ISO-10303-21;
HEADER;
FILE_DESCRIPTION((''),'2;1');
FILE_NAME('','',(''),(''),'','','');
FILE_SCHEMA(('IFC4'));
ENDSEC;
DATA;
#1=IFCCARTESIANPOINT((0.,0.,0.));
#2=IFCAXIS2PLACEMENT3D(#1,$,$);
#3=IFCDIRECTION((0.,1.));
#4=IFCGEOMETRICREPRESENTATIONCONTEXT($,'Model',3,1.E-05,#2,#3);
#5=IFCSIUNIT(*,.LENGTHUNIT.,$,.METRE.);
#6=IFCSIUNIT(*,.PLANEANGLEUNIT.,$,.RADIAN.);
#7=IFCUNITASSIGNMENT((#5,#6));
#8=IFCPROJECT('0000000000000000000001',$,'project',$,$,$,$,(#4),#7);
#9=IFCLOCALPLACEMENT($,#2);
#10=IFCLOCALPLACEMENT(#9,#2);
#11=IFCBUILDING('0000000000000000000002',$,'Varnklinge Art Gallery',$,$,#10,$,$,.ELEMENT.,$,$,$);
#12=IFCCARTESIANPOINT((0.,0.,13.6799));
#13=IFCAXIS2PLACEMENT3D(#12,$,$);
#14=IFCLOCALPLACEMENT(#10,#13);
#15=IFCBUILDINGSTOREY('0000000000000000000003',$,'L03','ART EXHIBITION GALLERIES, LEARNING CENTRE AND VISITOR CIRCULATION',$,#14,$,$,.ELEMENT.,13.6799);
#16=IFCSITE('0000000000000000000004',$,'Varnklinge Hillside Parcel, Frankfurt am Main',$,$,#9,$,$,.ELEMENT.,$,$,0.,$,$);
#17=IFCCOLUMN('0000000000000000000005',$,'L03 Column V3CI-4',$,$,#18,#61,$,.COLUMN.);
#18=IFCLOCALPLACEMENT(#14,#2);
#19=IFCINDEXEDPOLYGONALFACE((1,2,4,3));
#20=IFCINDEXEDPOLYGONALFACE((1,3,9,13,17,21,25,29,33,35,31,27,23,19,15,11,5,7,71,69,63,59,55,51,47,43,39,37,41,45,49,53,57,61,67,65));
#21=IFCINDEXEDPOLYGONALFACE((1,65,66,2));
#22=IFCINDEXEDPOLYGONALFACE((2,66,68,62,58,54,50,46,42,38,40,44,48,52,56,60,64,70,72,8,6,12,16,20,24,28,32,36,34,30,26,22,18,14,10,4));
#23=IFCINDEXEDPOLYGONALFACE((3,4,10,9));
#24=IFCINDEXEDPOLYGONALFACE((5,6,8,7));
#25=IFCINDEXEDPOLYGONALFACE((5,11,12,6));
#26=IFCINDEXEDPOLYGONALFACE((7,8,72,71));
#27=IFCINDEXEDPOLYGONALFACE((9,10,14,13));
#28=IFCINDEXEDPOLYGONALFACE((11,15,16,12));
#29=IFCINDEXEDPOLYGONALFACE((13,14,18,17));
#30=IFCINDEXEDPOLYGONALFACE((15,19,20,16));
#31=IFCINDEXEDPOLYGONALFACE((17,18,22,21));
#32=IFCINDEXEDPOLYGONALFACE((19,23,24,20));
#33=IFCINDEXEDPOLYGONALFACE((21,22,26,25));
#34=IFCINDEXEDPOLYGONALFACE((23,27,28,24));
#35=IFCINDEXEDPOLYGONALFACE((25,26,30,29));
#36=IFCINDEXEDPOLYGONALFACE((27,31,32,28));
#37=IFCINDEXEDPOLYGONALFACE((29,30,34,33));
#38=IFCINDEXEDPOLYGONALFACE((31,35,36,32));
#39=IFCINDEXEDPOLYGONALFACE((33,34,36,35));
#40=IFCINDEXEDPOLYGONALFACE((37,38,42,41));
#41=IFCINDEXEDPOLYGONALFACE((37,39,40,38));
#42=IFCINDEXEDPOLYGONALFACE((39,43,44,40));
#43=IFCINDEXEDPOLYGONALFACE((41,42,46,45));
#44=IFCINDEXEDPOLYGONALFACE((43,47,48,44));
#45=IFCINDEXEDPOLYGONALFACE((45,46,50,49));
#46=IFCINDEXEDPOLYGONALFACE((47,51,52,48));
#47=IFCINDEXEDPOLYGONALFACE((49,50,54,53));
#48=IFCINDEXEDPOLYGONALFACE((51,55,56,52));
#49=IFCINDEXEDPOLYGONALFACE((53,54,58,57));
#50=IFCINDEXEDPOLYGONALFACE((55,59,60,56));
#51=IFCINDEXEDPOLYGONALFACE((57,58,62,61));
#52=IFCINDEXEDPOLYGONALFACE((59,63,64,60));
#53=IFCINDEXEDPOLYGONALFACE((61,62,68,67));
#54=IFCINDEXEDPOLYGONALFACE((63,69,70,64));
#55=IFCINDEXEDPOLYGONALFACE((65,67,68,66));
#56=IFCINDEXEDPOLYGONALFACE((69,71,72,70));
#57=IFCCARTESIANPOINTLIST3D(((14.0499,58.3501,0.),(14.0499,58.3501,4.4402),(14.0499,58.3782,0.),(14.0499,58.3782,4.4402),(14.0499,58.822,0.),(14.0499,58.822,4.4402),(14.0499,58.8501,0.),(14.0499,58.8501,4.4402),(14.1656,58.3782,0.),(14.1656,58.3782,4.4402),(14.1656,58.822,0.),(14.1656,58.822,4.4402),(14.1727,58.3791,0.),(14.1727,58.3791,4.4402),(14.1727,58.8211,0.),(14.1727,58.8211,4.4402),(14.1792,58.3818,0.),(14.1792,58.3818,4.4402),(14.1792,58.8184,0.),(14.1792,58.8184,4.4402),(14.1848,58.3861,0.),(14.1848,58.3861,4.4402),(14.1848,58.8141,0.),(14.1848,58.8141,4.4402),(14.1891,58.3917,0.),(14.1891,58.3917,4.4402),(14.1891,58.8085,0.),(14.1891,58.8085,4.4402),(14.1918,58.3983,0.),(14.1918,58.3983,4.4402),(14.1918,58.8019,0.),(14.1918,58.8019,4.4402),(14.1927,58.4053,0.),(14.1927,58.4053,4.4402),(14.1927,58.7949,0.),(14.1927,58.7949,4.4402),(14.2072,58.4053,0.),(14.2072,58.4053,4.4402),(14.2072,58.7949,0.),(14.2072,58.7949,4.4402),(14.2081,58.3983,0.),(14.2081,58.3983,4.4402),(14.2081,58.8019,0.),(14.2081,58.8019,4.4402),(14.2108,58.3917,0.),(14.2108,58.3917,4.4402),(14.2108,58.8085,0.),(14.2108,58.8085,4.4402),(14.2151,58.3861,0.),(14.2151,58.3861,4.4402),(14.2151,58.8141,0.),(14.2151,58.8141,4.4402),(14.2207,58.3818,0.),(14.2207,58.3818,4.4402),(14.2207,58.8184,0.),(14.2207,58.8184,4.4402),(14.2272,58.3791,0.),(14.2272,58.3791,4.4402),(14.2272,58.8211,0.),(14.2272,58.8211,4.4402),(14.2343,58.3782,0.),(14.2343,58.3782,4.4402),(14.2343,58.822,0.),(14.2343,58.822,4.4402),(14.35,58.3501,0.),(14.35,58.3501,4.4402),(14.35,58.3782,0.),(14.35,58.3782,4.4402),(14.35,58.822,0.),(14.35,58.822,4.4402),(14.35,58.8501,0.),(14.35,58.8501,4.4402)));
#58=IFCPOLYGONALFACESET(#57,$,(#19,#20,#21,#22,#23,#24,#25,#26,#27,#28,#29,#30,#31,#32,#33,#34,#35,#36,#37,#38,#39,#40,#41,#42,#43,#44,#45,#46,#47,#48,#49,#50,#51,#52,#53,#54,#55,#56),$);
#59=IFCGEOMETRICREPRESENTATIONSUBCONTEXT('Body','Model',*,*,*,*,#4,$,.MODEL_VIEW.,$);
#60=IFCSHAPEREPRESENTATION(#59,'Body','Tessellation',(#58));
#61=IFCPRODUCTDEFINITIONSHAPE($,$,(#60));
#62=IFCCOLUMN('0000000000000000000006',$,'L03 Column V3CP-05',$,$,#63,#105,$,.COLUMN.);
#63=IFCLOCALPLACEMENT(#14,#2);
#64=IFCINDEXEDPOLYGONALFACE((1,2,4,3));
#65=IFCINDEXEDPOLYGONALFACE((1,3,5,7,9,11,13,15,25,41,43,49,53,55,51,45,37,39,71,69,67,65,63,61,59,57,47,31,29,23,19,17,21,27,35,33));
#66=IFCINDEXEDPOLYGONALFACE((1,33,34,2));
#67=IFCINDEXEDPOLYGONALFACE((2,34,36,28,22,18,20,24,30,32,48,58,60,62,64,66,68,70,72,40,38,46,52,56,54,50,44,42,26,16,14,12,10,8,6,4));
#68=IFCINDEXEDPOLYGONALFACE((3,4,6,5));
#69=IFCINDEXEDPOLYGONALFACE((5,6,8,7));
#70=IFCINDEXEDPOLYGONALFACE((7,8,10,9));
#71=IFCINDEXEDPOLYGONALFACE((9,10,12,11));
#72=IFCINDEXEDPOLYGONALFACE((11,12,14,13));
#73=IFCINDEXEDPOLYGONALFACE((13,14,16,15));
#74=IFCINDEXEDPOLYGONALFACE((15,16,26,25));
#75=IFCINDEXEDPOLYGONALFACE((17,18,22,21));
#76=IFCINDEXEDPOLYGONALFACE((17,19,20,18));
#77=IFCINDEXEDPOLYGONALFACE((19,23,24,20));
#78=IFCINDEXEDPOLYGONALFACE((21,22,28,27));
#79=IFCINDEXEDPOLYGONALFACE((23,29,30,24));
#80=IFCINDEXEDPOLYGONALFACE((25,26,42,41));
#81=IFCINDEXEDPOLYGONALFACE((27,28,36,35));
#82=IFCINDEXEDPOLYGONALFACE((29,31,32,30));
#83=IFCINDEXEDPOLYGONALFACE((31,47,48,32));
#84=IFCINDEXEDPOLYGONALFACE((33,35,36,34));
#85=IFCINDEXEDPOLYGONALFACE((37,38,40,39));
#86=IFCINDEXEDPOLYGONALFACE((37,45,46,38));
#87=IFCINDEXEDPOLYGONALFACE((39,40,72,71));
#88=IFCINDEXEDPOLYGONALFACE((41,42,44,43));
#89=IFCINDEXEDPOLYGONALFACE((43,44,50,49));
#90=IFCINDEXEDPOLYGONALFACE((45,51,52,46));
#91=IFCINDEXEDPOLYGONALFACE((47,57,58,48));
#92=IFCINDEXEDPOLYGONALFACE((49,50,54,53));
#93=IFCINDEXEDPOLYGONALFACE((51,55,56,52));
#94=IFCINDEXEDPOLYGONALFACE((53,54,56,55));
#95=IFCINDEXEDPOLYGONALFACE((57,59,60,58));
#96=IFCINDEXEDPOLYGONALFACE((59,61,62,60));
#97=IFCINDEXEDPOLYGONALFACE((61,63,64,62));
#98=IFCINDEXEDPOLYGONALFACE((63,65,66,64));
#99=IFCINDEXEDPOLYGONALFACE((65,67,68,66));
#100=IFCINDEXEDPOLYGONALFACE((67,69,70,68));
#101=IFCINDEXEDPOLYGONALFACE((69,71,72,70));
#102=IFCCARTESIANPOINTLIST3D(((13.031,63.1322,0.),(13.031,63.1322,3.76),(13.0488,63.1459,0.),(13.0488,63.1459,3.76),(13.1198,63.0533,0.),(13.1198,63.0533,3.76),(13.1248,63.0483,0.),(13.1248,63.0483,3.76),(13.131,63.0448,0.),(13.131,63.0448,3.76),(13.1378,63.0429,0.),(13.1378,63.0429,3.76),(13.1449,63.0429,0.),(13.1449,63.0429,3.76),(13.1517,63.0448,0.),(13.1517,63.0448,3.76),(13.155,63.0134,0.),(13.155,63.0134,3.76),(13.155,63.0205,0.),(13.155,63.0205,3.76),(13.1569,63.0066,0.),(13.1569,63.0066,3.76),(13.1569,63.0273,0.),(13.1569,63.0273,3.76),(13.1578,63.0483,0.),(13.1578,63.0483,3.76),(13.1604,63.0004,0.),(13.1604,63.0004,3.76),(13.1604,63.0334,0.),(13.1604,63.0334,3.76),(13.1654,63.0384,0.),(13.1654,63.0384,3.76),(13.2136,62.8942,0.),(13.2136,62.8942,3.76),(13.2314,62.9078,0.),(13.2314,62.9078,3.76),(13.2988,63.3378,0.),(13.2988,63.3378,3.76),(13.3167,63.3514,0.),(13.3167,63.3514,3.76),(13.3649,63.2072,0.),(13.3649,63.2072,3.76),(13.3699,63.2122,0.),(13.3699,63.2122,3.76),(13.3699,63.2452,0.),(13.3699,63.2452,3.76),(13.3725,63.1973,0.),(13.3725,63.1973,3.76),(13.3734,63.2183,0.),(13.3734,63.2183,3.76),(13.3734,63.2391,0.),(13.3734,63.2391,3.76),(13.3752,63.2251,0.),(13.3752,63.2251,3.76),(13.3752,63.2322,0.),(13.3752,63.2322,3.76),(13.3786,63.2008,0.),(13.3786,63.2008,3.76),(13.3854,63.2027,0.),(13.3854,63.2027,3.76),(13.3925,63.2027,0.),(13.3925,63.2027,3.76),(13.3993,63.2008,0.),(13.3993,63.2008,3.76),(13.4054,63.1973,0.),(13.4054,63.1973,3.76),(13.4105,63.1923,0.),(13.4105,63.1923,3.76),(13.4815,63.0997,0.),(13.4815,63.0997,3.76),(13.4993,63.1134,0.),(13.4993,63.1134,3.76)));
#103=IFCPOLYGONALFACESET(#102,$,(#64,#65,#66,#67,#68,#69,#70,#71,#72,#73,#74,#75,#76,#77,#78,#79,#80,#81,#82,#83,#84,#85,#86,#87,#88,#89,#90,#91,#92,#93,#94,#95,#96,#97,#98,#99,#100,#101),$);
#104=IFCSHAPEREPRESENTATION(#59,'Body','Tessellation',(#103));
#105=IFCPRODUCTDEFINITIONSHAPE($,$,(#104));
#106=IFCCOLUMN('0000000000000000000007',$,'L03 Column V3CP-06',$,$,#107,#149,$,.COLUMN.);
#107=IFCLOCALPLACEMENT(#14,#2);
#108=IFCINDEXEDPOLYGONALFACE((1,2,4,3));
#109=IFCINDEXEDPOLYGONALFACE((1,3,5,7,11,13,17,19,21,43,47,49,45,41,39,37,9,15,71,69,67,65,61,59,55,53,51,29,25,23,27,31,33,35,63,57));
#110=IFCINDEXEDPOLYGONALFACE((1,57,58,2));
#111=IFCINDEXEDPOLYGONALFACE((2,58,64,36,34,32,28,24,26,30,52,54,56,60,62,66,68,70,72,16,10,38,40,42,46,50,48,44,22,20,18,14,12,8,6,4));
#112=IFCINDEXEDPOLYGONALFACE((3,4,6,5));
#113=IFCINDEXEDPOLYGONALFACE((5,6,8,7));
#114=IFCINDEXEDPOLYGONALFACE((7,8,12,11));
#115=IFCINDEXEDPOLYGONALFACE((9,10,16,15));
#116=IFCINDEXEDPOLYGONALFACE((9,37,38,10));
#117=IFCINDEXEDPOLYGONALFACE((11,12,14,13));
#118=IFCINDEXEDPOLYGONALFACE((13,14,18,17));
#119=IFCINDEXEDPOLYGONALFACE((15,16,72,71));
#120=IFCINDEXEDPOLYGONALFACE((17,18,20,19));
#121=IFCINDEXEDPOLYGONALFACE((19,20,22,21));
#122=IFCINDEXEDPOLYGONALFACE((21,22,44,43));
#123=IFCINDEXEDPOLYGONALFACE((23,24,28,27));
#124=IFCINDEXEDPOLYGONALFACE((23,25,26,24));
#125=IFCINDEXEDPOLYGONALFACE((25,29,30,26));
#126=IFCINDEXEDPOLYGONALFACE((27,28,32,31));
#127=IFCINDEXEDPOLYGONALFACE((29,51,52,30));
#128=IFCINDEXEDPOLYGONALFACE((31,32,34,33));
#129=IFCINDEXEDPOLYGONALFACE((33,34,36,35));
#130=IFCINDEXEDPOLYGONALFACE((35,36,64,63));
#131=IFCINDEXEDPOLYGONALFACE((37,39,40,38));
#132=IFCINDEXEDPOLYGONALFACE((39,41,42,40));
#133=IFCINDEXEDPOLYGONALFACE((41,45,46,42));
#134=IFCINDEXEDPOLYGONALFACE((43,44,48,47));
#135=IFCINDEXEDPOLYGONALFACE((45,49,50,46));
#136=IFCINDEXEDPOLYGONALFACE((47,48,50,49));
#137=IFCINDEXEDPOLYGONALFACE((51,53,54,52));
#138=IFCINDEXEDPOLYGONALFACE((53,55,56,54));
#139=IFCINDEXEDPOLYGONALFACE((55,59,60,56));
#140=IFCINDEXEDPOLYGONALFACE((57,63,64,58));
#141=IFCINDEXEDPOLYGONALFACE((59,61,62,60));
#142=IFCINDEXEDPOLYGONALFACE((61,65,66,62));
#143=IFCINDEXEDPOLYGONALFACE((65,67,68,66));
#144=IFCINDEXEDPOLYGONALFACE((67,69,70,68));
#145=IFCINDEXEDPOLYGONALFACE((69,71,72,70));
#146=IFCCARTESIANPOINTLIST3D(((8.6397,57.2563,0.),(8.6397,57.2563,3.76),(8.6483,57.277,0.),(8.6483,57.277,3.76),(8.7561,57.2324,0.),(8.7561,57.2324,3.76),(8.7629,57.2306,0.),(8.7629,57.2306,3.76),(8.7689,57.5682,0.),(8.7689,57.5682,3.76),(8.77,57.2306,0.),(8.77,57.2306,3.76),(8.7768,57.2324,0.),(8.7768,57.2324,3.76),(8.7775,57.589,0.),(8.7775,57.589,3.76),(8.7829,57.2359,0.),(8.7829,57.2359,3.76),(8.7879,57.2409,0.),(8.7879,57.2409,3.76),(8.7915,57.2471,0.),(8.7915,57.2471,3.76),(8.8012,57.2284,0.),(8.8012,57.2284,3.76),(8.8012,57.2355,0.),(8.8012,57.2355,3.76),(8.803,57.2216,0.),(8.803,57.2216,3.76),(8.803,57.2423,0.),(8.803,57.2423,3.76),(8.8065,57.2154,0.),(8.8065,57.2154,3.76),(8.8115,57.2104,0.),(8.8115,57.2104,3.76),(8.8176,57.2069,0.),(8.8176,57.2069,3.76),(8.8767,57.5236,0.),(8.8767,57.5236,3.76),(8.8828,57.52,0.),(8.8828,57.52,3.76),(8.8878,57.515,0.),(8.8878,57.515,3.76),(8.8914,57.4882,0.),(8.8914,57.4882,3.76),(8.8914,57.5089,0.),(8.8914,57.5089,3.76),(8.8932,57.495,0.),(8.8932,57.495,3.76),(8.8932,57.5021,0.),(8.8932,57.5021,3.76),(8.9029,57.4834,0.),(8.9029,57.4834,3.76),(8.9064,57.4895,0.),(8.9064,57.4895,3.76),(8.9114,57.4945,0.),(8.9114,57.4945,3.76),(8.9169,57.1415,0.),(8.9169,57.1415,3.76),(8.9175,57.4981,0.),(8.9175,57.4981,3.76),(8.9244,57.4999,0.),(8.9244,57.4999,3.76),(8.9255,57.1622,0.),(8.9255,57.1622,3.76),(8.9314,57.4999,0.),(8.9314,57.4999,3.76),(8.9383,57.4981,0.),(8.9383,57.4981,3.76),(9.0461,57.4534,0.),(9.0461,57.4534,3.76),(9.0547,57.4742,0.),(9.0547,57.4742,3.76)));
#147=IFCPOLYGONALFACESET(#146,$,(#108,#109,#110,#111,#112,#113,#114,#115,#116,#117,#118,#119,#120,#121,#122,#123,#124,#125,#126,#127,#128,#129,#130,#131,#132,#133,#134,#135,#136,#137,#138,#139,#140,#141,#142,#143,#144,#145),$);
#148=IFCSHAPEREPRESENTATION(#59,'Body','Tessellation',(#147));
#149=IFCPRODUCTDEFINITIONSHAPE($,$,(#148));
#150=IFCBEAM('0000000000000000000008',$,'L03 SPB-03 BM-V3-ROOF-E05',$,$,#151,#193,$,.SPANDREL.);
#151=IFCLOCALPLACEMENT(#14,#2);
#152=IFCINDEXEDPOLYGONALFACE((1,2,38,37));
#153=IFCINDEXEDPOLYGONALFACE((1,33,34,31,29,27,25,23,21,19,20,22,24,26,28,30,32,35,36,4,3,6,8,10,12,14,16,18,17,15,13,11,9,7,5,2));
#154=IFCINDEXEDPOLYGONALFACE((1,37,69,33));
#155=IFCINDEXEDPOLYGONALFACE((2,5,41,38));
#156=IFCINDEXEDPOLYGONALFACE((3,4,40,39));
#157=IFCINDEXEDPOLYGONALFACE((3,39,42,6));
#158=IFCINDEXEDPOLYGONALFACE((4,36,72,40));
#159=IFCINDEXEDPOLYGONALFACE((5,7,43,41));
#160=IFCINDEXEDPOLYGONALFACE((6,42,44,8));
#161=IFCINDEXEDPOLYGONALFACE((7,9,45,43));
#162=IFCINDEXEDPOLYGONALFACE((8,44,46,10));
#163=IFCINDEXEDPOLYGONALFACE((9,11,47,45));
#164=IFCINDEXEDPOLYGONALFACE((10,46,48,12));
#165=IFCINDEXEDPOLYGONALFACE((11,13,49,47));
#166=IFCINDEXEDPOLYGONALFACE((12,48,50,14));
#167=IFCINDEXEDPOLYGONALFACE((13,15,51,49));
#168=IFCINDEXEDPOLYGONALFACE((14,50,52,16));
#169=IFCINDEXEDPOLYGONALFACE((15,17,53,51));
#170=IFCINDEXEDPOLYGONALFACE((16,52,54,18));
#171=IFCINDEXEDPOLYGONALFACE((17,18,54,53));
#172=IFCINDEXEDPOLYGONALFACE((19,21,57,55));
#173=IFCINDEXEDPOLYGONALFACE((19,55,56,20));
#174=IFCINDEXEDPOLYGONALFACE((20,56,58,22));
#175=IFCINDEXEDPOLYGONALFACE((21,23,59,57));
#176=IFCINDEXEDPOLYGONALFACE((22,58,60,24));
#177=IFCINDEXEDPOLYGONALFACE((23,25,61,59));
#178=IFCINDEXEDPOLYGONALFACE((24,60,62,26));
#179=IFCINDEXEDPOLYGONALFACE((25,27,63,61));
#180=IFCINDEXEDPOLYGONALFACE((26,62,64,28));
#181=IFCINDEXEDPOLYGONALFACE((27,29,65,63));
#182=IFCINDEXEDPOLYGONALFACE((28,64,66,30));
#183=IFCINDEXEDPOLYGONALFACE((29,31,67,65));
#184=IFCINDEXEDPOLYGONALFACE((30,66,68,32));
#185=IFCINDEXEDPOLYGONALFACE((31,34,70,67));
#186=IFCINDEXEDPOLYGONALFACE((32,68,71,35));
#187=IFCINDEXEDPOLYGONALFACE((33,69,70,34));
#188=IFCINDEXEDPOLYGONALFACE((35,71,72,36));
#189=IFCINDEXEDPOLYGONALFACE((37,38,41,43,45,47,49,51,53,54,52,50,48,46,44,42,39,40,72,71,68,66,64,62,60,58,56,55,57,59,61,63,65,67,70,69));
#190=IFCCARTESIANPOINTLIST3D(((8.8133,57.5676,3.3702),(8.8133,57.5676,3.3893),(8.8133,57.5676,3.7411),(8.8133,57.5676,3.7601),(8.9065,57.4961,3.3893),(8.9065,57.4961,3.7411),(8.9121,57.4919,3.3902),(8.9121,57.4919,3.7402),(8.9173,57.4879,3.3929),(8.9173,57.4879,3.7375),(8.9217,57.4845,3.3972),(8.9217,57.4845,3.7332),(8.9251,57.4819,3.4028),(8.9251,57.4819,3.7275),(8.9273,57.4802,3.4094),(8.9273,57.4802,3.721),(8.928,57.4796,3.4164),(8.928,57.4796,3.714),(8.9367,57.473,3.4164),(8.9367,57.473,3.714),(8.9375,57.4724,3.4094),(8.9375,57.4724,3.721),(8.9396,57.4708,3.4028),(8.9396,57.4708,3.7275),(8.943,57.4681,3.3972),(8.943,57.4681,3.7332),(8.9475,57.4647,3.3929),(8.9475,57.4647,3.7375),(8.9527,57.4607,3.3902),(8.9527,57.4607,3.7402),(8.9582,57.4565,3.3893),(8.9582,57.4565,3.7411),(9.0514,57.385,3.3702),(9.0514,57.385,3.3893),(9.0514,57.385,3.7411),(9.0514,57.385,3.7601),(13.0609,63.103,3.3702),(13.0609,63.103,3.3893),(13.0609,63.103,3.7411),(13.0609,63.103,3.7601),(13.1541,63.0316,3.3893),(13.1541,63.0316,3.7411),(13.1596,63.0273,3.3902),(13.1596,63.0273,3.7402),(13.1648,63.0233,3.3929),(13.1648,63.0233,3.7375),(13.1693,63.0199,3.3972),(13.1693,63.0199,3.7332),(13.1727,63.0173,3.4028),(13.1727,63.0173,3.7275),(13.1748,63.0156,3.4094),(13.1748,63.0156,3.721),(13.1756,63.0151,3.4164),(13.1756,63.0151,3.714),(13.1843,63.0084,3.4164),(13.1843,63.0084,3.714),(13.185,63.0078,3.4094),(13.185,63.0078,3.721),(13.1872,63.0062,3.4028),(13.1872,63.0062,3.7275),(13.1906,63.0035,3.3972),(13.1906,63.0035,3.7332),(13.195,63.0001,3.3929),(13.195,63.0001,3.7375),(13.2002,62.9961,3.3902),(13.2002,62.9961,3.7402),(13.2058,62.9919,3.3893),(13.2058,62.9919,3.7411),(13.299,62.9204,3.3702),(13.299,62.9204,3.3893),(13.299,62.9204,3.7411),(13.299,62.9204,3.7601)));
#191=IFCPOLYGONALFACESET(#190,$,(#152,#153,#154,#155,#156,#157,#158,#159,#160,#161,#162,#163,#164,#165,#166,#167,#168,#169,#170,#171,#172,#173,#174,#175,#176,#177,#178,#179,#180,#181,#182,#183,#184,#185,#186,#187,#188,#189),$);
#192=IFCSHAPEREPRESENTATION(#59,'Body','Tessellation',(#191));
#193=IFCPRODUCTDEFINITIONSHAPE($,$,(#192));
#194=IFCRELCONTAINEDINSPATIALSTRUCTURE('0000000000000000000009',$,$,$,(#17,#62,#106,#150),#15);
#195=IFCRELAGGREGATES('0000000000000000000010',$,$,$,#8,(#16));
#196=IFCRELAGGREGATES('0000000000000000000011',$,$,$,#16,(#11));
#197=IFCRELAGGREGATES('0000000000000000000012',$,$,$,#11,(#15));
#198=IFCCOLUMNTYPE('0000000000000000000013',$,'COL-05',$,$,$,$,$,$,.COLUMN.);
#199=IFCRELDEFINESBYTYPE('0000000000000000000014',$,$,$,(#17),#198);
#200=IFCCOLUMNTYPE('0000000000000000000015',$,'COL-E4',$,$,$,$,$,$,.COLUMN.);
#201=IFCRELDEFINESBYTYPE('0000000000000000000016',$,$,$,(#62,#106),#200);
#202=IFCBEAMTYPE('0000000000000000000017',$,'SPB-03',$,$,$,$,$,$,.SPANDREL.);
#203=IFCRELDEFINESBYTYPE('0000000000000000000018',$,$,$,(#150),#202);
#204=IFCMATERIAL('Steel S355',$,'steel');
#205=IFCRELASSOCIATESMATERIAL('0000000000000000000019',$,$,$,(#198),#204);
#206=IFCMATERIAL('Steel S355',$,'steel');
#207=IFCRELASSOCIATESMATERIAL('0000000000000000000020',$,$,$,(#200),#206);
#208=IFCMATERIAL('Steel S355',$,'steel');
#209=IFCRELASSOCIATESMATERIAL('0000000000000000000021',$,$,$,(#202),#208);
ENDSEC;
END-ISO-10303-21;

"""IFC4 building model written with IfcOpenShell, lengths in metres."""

from ifc_helpers import new_model, si_unit, direction, frame, origin, origin_2d, place, context, subcontext, project, spatial, i_section, extrude, material, material_profile, profile_set, type_object, element, save


model = new_model("IFC4")

# Units and contexts
model_context = context("Model", 3, precision=1e-05, world=origin(), true_north=direction((0.0, 1.0)))
body_context = subcontext(model_context, "Body", "Model", "MODEL_VIEW")
ifc_project = project(units=[si_unit("LENGTHUNIT", "METRE"), si_unit("PLANEANGLEUNIT", "RADIAN")], contexts=[model_context])

# Site, building, storey
site_placement = place(None, origin())
site = spatial("IfcSite", under=ifc_project, at=site_placement, Name="Varnklinge Hillside Parcel, Frankfurt am Main", CompositionType="ELEMENT", RefElevation=0.0)
building_placement = place(site_placement, origin())
building = spatial("IfcBuilding", under=site, at=building_placement, Name="Varnklinge Art Gallery", CompositionType="ELEMENT")
storey_placement = place(building_placement, frame((0.0, 0.0, 13.6799)))
storey = spatial("IfcBuildingStorey", under=building, at=storey_placement, Name="L03", Description="ART EXHIBITION GALLERIES, LEARNING CENTRE AND VISITOR CIRCULATION", CompositionType="ELEMENT", Elevation=13.6799)

# Columns
ifc_material_1 = material(Name="Steel S355", Category="steel")
ifc_material_profile_1 = material_profile(ifc_material_1, i_section(OverallWidth=0.3, OverallDepth=0.5, WebThickness=0.0144, FlangeThickness=0.0281, FilletRadius=0.0271, at=origin_2d()), Name="HEB 500")
ifc_profile_set_1 = profile_set([ifc_material_profile_1], Name="Steel S355")
column_type_1 = type_object("IfcColumnType", Name="COL-05", PredefinedType="COLUMN", material=ifc_profile_set_1)
column_placement = place(storey_placement, frame((14.2, 58.6001, 0.0), z_axis=(0.0, 0.0, 1.0), x_axis=(1.0, 0.0, 0.0)))
element("IfcColumn", 1, at=column_placement, inside=storey, type_object=column_type_1, Name="L03 Column V3CI-4", PredefinedType="COLUMN", context=body_context, shape_type="SweptSolid", body=[
    extrude(i_section(OverallWidth=0.3, OverallDepth=0.5, WebThickness=0.0144, FlangeThickness=0.0281, FilletRadius=0.0271, at=origin_2d()), origin(), (0.0, 0.0, 1.0), 4.4402),
])
ifc_material_2 = material(Name="Steel S355", Category="steel")
ifc_material_profile_2 = material_profile(ifc_material_2, i_section(OverallWidth=0.3, OverallDepth=0.3601, WebThickness=0.0125, FlangeThickness=0.0225, FilletRadius=0.0271, at=origin_2d()), Name="HEB 360")
ifc_profile_set_2 = profile_set([ifc_material_profile_2], Name="Steel S355")
column_type_2 = type_object("IfcColumnType", Name="COL-E4", PredefinedType="COLUMN", material=ifc_profile_set_2)
for number, where, z_axis, x_axis, name in (
    (2, (13.2651, 63.1228, 0.0), (0.0, 0.0, 1.0), (-0.608761, 0.793353, 0.0), "L03 Column V3CP-05"),
    (3, (8.8472, 57.3652, 0.0), (0.0, 0.0, 1.0), (-0.92388, 0.382683, 0.0), "L03 Column V3CP-06"),
):
    element("IfcColumn", number, at=place(storey_placement, frame(where, z_axis=z_axis, x_axis=x_axis)), inside=storey, type_object=column_type_2, Name=name, PredefinedType="COLUMN", context=body_context, shape_type="SweptSolid", body=[
        extrude(i_section(OverallWidth=0.3, OverallDepth=0.3601, WebThickness=0.0125, FlangeThickness=0.0225, FilletRadius=0.0271, at=origin_2d()), origin(), (0.0, 0.0, 1.0), 3.76),
    ])

# Beam
ifc_material_3 = material(Name="Steel S355", Category="steel")
ifc_material_profile_3 = material_profile(ifc_material_3, i_section(OverallWidth=0.3, OverallDepth=0.3899, WebThickness=0.011, FlangeThickness=0.019, FilletRadius=0.0271, at=origin_2d()), Name="HEA 400")
ifc_profile_set_3 = profile_set([ifc_material_profile_3], Name="Steel S355")
beam_type = type_object("IfcBeamType", Name="SPB-03", PredefinedType="SPANDREL", material=ifc_profile_set_3)
beam_1_placement = place(storey_placement, frame((13.1799, 63.0117, 3.5652), z_axis=(-0.60877, -0.793347, 0.0), x_axis=(0.793347, -0.60877, 0.0)))
element("IfcBeam", 4, at=beam_1_placement, inside=storey, type_object=beam_type, Name="L03 SPB-03 BM-V3-ROOF-E05", PredefinedType="SPANDREL", context=body_context, shape_type="SweptSolid", body=[
    extrude(i_section(OverallWidth=0.3, OverallDepth=0.3899, WebThickness=0.011, FlangeThickness=0.019, FilletRadius=0.0271, at=origin_2d()), origin(), (0.0, 0.0, 1.0), 6.9773),
])

save(model, "model.ifc")
